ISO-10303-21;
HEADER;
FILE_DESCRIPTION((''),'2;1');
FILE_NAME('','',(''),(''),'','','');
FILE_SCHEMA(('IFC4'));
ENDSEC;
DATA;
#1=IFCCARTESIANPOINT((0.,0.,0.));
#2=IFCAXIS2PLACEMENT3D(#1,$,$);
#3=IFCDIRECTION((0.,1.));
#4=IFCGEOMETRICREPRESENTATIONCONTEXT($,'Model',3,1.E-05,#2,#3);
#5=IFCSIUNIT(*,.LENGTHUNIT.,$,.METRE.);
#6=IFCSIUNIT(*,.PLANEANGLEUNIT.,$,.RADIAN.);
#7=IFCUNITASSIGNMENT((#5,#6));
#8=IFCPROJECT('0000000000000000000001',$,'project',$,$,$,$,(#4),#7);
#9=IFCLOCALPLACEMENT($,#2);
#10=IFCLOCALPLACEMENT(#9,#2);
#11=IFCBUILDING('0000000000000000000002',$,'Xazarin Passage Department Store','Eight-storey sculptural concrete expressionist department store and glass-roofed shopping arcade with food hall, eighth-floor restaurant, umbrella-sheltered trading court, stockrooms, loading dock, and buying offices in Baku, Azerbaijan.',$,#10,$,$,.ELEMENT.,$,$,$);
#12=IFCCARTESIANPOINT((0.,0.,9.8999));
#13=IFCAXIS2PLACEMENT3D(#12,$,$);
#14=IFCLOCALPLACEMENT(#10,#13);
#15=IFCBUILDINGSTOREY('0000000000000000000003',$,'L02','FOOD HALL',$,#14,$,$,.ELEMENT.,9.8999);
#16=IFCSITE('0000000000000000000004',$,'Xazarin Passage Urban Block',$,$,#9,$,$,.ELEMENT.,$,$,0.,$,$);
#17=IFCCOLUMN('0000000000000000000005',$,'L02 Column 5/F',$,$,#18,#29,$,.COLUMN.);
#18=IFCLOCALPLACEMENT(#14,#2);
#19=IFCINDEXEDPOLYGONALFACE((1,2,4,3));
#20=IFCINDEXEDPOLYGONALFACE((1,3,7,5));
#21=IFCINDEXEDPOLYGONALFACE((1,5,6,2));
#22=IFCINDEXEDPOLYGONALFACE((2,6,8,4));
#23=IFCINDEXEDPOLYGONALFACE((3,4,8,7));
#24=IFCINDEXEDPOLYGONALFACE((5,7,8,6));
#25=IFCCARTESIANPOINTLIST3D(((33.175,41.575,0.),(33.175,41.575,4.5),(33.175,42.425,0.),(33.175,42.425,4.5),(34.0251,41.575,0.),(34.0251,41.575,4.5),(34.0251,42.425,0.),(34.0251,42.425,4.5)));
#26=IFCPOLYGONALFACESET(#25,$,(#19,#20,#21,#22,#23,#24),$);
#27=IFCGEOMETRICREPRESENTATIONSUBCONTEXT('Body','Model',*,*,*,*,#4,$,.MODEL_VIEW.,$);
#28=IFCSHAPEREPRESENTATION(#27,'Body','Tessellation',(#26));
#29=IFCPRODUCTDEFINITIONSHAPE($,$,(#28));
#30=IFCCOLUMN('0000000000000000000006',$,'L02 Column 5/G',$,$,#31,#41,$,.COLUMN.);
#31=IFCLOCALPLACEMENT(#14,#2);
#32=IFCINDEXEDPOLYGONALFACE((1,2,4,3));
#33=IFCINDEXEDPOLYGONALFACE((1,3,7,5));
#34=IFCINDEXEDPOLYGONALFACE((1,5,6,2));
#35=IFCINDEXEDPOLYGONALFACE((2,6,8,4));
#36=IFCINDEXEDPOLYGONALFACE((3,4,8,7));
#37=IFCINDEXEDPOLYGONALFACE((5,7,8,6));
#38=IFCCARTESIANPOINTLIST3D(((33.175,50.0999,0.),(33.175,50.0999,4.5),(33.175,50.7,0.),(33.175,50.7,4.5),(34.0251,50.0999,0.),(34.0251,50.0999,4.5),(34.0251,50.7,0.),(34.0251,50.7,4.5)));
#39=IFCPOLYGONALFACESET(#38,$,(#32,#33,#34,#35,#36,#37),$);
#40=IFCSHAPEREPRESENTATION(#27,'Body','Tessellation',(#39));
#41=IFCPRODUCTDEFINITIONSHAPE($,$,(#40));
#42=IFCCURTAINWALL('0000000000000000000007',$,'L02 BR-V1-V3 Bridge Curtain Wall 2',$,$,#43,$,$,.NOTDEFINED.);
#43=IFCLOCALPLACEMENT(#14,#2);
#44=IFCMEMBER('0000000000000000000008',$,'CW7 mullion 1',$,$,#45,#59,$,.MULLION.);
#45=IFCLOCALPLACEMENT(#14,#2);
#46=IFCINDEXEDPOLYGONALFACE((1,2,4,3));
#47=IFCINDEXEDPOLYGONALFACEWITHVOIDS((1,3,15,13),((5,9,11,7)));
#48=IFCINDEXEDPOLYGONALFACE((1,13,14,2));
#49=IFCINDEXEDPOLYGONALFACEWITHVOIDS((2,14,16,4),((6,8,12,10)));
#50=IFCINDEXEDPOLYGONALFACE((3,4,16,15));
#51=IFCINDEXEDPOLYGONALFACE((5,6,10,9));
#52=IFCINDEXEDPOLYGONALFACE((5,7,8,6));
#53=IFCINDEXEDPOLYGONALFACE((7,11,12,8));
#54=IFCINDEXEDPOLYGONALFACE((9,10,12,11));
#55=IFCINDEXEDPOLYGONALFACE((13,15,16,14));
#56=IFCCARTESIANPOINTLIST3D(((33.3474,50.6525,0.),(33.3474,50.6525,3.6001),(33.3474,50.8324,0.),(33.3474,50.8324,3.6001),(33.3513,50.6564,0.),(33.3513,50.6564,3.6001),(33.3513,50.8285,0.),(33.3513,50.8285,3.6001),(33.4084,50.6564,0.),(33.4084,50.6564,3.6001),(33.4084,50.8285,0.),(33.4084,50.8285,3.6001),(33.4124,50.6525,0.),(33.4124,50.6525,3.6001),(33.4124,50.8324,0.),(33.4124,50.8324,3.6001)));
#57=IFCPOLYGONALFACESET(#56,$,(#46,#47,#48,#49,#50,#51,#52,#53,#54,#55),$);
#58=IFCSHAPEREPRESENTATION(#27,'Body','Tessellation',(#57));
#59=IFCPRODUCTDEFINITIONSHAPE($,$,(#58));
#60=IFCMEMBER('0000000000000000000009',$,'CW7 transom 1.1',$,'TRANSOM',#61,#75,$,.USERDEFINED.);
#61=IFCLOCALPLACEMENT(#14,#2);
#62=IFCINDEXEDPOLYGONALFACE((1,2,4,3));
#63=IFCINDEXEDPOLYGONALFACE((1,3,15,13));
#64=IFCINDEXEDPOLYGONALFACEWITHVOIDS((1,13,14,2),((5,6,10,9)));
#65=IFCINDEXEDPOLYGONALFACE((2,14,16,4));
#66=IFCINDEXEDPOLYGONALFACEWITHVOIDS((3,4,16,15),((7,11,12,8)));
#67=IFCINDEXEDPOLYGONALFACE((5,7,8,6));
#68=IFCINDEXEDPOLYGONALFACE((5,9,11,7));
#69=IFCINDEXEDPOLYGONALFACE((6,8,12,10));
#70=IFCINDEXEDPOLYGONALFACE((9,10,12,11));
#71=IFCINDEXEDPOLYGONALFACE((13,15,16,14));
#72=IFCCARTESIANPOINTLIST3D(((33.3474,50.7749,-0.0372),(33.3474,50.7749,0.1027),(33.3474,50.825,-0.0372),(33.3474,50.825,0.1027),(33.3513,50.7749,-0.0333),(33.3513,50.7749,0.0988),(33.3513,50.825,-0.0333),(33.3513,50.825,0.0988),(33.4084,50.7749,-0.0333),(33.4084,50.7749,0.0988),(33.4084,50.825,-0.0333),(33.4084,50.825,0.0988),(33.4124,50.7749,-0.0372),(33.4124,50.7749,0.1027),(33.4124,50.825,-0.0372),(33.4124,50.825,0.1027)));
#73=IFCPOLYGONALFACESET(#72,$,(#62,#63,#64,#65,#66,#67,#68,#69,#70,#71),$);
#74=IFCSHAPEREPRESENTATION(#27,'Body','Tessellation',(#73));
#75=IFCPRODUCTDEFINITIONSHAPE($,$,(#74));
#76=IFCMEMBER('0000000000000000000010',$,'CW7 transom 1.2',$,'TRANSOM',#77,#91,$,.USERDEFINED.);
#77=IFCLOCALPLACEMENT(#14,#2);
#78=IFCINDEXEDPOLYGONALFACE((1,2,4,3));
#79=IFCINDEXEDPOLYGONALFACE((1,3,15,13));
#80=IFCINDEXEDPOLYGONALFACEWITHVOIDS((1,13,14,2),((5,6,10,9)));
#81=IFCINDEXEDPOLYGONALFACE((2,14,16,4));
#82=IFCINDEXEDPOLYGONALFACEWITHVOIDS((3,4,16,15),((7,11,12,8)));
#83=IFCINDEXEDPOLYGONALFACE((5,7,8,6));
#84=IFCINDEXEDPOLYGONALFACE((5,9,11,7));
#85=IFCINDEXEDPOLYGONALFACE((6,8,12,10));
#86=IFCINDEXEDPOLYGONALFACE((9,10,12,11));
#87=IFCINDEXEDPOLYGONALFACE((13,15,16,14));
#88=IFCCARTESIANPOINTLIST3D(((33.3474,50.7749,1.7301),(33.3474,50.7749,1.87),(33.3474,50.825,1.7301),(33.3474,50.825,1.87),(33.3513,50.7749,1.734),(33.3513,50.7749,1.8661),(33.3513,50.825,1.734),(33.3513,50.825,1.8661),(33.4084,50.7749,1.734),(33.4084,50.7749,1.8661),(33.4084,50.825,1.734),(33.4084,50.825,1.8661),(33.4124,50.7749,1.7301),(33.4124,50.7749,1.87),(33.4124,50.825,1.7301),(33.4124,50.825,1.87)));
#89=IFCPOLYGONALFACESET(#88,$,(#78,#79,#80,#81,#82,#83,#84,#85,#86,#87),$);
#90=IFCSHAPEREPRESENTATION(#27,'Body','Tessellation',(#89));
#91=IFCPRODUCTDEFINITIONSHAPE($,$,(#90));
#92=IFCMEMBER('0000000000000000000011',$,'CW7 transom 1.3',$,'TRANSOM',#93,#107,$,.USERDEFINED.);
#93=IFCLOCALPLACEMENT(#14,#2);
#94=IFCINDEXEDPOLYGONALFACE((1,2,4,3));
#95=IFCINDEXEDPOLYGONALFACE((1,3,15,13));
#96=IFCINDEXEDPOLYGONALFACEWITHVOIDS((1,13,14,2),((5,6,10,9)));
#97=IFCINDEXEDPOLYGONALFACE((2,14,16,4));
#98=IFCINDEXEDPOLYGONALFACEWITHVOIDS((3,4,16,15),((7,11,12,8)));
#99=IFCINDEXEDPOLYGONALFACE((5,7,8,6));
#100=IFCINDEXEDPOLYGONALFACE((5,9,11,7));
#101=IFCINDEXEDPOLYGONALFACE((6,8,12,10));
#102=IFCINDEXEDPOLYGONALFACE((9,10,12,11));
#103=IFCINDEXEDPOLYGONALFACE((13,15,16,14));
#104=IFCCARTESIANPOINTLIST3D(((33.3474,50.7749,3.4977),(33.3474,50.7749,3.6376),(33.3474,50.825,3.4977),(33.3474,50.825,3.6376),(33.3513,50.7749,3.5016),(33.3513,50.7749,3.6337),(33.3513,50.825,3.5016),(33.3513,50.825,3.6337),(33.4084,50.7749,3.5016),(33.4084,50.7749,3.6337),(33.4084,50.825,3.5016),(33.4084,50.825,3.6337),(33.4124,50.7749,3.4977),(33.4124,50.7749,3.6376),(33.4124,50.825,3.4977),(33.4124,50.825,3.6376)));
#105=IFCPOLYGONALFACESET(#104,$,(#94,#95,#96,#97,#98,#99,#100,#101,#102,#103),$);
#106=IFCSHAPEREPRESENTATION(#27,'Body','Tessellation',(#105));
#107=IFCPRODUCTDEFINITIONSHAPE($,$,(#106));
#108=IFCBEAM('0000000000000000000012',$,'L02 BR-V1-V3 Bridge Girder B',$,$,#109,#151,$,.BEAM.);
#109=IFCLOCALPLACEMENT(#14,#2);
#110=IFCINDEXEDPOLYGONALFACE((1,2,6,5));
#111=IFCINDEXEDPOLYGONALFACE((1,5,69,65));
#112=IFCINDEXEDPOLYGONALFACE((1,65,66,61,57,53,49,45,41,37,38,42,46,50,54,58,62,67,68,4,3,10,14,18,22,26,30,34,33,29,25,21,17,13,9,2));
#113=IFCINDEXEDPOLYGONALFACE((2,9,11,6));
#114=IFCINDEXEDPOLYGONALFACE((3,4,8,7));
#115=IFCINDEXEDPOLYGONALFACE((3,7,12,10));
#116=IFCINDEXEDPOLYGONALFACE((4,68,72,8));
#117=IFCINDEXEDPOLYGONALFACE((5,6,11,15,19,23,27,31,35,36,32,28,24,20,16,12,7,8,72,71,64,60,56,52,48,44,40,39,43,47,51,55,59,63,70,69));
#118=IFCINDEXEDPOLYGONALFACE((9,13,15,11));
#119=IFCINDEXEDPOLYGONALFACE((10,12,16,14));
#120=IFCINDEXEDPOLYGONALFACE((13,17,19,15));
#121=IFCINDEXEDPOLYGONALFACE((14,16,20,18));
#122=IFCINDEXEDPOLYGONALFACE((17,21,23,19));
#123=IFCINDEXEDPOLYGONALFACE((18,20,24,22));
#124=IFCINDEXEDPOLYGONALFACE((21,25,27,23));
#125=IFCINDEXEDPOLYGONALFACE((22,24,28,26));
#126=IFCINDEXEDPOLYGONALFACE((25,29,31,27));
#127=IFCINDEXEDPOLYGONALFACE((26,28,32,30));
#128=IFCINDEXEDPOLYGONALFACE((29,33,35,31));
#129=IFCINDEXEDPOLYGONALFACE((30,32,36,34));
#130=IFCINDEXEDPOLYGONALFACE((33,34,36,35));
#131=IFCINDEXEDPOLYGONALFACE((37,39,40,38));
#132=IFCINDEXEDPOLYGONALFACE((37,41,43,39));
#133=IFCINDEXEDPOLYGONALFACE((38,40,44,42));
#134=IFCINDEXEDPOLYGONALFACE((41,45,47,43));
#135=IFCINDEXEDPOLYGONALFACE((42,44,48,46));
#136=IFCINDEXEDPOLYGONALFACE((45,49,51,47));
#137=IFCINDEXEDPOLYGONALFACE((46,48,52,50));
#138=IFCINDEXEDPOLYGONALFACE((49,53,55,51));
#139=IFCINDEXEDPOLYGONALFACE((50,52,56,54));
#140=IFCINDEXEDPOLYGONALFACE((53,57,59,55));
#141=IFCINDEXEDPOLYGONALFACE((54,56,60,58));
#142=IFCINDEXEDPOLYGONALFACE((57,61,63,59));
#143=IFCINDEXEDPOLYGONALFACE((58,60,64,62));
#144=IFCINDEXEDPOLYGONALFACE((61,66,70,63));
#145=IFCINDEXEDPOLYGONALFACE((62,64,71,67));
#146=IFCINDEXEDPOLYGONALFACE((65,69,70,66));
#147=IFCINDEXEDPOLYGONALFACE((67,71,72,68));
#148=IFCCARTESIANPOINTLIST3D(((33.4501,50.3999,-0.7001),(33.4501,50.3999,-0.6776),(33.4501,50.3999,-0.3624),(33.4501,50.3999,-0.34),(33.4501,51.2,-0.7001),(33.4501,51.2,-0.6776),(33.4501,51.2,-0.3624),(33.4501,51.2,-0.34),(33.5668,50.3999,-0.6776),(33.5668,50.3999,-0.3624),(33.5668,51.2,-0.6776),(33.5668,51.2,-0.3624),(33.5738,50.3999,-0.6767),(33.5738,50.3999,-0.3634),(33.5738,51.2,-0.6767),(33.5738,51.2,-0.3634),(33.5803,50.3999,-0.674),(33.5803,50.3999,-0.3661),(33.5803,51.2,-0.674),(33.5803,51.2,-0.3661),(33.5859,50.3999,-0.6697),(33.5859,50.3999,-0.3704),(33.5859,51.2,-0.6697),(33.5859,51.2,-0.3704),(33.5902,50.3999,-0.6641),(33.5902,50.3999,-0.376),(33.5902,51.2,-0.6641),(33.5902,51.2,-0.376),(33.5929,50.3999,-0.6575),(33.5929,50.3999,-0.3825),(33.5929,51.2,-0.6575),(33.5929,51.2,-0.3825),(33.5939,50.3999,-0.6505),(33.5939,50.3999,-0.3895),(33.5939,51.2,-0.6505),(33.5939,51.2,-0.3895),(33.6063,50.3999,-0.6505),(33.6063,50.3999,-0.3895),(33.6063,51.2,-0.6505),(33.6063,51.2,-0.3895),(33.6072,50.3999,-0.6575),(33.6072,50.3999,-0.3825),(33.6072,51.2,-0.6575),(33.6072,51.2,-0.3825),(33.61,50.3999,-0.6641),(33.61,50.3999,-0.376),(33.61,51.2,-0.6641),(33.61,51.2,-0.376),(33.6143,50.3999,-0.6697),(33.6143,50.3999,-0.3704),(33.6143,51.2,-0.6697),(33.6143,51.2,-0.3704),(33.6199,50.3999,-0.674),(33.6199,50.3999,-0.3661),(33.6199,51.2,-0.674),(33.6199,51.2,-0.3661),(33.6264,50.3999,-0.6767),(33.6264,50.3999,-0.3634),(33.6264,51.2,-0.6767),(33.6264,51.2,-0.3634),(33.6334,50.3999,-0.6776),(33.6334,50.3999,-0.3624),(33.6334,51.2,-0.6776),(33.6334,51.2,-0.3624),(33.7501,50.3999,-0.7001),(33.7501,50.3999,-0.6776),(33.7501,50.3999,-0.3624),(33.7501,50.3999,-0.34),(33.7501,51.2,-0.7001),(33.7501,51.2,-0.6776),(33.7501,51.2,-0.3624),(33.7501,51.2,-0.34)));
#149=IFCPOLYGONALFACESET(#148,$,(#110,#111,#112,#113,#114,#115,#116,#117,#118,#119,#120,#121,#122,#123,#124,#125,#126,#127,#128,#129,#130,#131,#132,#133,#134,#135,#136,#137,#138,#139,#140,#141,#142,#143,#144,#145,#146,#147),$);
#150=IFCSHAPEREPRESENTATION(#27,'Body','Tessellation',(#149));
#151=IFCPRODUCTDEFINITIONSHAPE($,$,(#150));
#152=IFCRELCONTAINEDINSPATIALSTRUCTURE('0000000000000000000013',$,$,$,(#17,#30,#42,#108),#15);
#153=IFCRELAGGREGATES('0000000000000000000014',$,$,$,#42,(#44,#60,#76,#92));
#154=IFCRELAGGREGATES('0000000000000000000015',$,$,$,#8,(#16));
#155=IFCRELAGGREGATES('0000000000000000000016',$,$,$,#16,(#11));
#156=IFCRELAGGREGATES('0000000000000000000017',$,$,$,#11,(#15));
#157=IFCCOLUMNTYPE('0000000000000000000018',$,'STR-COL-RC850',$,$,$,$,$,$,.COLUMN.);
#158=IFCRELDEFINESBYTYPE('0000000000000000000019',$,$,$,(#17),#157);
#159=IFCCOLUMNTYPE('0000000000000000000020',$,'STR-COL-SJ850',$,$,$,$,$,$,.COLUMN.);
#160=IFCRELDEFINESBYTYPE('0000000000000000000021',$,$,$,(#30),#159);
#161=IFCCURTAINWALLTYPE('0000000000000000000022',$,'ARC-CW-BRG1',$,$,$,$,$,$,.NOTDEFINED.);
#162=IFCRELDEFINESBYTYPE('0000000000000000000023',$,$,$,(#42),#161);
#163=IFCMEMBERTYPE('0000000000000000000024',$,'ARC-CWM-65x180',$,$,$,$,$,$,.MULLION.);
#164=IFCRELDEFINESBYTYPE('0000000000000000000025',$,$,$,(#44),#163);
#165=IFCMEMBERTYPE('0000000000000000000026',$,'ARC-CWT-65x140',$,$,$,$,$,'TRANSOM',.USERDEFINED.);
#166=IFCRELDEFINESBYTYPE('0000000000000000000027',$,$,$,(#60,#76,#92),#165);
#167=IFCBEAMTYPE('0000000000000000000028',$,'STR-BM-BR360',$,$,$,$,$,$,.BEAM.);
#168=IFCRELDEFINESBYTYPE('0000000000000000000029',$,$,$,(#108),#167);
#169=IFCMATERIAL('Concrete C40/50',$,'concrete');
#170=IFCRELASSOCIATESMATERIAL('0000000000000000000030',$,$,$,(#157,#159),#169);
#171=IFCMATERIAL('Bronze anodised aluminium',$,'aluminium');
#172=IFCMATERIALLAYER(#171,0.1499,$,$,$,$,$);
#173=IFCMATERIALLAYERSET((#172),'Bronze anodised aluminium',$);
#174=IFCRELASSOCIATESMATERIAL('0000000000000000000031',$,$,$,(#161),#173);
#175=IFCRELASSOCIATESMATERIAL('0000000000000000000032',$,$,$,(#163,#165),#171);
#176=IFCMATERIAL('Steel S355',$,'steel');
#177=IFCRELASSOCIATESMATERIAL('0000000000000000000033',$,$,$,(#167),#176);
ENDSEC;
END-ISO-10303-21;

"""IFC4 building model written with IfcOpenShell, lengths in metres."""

from ifc_helpers import new_model, si_unit, direction, frame, origin, origin_2d, place, context, subcontext, project, spatial, rectangle, hollow_rectangle, i_section, extrude, material, layer, layer_set, material_profile, profile_set, type_object, element, aggregate, save


model = new_model("IFC4")

# Units and contexts
model_context = context("Model", 3, precision=1e-05, world=origin(), true_north=direction((0.0, 1.0)))
body_context = subcontext(model_context, "Body", "Model", "MODEL_VIEW")
ifc_project = project(units=[si_unit("LENGTHUNIT", "METRE"), si_unit("PLANEANGLEUNIT", "RADIAN")], contexts=[model_context])

# Site, building, storey
site_placement = place(None, origin())
site = spatial("IfcSite", under=ifc_project, at=site_placement, Name="Xazarin Passage Urban Block", CompositionType="ELEMENT", RefElevation=0.0)
building_placement = place(site_placement, origin())
building = spatial("IfcBuilding", under=site, at=building_placement, Name="Xazarin Passage Department Store", Description="Eight-storey sculptural concrete expressionist department store and glass-roofed shopping arcade with food hall, eighth-floor restaurant, umbrella-sheltered trading court, stockrooms, loading dock, and buying offices in Baku, Azerbaijan.", CompositionType="ELEMENT")
storey_placement = place(building_placement, frame((0.0, 0.0, 9.8999)))
storey = spatial("IfcBuildingStorey", under=building, at=storey_placement, Name="L02", Description="FOOD HALL", CompositionType="ELEMENT", Elevation=9.8999)

# Columns
ifc_material_1 = material(Name="Concrete C40/50", Category="concrete")
ifc_material_profile_1 = material_profile(ifc_material_1, rectangle(XDim=0.8501, YDim=0.8501, at=origin_2d()), Name="RC 850x850")
ifc_profile_set_1 = profile_set([ifc_material_profile_1], Name="Concrete C40/50")
column_type_1 = type_object("IfcColumnType", Name="STR-COL-RC850", PredefinedType="COLUMN", material=ifc_profile_set_1)
column_1_placement = place(storey_placement, frame((33.6001, 42.0, 0.0), z_axis=(0.0, 0.0, 1.0), x_axis=(1.0, 0.0, 0.0)))
element("IfcColumn", 1, at=column_1_placement, inside=storey, type_object=column_type_1, Name="L02 Column 5/F", PredefinedType="COLUMN", context=body_context, shape_type="SweptSolid", body=[
    extrude(rectangle(XDim=0.8501, YDim=0.8501, at=origin_2d()), origin(), (0.0, 0.0, 1.0), 4.5),
])
ifc_material_profile_2 = material_profile(ifc_material_1, rectangle(XDim=0.6001, YDim=0.8501, at=origin_2d()), Name="RC 600x850")
ifc_profile_set_2 = profile_set([ifc_material_profile_2], Name="Concrete C40/50")
column_type_2 = type_object("IfcColumnType", Name="STR-COL-SJ850", PredefinedType="COLUMN", material=ifc_profile_set_2)
column_2_placement = place(storey_placement, frame((33.6001, 50.3999, 0.0), z_axis=(0.0, 0.0, 1.0), x_axis=(0.0, 1.0, 0.0)))
element("IfcColumn", 2, at=column_2_placement, inside=storey, type_object=column_type_2, Name="L02 Column 5/G", PredefinedType="COLUMN", context=body_context, shape_type="SweptSolid", body=[
    extrude(rectangle(XDim=0.6001, YDim=0.8501, at=origin_2d()), origin(), (0.0, 0.0, 1.0), 4.5),
])

# Curtain wall, members
ifc_material_2 = material(Name="Bronze anodised aluminium", Category="aluminium")
ifc_layer_1 = layer(ifc_material_2, 0.1499)
ifc_layer_set_1 = layer_set([ifc_layer_1], Name="Bronze anodised aluminium")
curtain_wall_type = type_object("IfcCurtainWallType", Name="ARC-CW-BRG1", PredefinedType="NOTDEFINED", material=ifc_layer_set_1)
curtain_wall_placement = place(storey_placement, origin())
curtain_wall = element("IfcCurtainWall", 3, at=curtain_wall_placement, inside=storey, type_object=curtain_wall_type, Name="L02 BR-V1-V3 Bridge Curtain Wall 2", PredefinedType="NOTDEFINED")
ifc_material_profile_3 = material_profile(ifc_material_2, hollow_rectangle(XDim=0.0649, YDim=0.1799, WallThickness=0.0039, at=origin_2d()), Name="ALU 65x180")
ifc_profile_set_3 = profile_set([ifc_material_profile_3], Name="Bronze anodised aluminium")
member_type_1 = type_object("IfcMemberType", Name="ARC-CWM-65x180", PredefinedType="MULLION", material=ifc_profile_set_3)
member_1_placement = place(storey_placement, frame((33.3799, 50.7424, 0.0), z_axis=(0.0, 0.0, 1.0), x_axis=(-1.0, 0.0, 0.0)))
member_1 = element("IfcMember", 4, at=member_1_placement, type_object=member_type_1, Name="CW7 mullion 1", PredefinedType="MULLION", context=body_context, shape_type="SweptSolid", body=[
    extrude(hollow_rectangle(XDim=0.0649, YDim=0.1799, WallThickness=0.0039, at=origin_2d()), origin(), (0.0, 0.0, 1.0), 3.6001),
])
ifc_material_profile_4 = material_profile(ifc_material_2, hollow_rectangle(XDim=0.0649, YDim=0.1399, WallThickness=0.0039, at=origin_2d()), Name="ALU 65x140")
ifc_profile_set_4 = profile_set([ifc_material_profile_4], Name="Bronze anodised aluminium")
member_type_2 = type_object("IfcMemberType", Name="ARC-CWT-65x140", ElementType="TRANSOM", PredefinedType="USERDEFINED", material=ifc_profile_set_4)
member_2_placement = place(storey_placement, frame((33.3799, 50.7749, 0.0327), z_axis=(0.0, 1.0, 0.0), x_axis=(-1.0, 0.0, 0.0)))
member_2 = element("IfcMember", 5, at=member_2_placement, type_object=member_type_2, Name="CW7 transom 1.1", ObjectType="TRANSOM", PredefinedType="USERDEFINED", context=body_context, shape_type="SweptSolid", body=[
    extrude(hollow_rectangle(XDim=0.0649, YDim=0.1399, WallThickness=0.0039, at=origin_2d()), origin(), (0.0, 0.0, 1.0), 0.05),
])
member_3_placement = place(storey_placement, frame((33.3799, 50.7749, 1.8), z_axis=(0.0, 1.0, 0.0), x_axis=(-1.0, 0.0, 0.0)))
member_3 = element("IfcMember", 6, at=member_3_placement, type_object=member_type_2, Name="CW7 transom 1.2", ObjectType="TRANSOM", PredefinedType="USERDEFINED", context=body_context, shape_type="SweptSolid", body=[
    extrude(hollow_rectangle(XDim=0.0649, YDim=0.1399, WallThickness=0.0039, at=origin_2d()), origin(), (0.0, 0.0, 1.0), 0.05),
])
member_4_placement = place(storey_placement, frame((33.3799, 50.7749, 3.5676), z_axis=(0.0, 1.0, 0.0), x_axis=(-1.0, 0.0, 0.0)))
member_4 = element("IfcMember", 7, at=member_4_placement, type_object=member_type_2, Name="CW7 transom 1.3", ObjectType="TRANSOM", PredefinedType="USERDEFINED", context=body_context, shape_type="SweptSolid", body=[
    extrude(hollow_rectangle(XDim=0.0649, YDim=0.1399, WallThickness=0.0039, at=origin_2d()), origin(), (0.0, 0.0, 1.0), 0.05),
])

# Beam
ifc_material_3 = material(Name="Steel S355", Category="steel")
ifc_material_profile_5 = material_profile(ifc_material_3, i_section(OverallWidth=0.3, OverallDepth=0.3601, WebThickness=0.0125, FlangeThickness=0.0225, FilletRadius=0.0271, at=origin_2d()), Name="HEB 360")
ifc_profile_set_5 = profile_set([ifc_material_profile_5], Name="Steel S355")
beam_type_1 = type_object("IfcBeamType", Name="STR-BM-BR360", PredefinedType="BEAM", material=ifc_profile_set_5)
beam_1_placement = place(storey_placement, frame((33.6001, 50.3999, -0.52), z_axis=(0.0, 1.0, 0.0), x_axis=(-1.0, 0.0, 0.0)))
element("IfcBeam", 8, at=beam_1_placement, inside=storey, type_object=beam_type_1, Name="L02 BR-V1-V3 Bridge Girder B", PredefinedType="BEAM", context=body_context, shape_type="SweptSolid", body=[
    extrude(i_section(OverallWidth=0.3, OverallDepth=0.3601, WebThickness=0.0125, FlangeThickness=0.0225, FilletRadius=0.0271, at=origin_2d()), origin(), (0.0, 0.0, 1.0), 0.8),
])

aggregate(curtain_wall, [member_1, member_2, member_3, member_4])

save(model, "model.ifc")
